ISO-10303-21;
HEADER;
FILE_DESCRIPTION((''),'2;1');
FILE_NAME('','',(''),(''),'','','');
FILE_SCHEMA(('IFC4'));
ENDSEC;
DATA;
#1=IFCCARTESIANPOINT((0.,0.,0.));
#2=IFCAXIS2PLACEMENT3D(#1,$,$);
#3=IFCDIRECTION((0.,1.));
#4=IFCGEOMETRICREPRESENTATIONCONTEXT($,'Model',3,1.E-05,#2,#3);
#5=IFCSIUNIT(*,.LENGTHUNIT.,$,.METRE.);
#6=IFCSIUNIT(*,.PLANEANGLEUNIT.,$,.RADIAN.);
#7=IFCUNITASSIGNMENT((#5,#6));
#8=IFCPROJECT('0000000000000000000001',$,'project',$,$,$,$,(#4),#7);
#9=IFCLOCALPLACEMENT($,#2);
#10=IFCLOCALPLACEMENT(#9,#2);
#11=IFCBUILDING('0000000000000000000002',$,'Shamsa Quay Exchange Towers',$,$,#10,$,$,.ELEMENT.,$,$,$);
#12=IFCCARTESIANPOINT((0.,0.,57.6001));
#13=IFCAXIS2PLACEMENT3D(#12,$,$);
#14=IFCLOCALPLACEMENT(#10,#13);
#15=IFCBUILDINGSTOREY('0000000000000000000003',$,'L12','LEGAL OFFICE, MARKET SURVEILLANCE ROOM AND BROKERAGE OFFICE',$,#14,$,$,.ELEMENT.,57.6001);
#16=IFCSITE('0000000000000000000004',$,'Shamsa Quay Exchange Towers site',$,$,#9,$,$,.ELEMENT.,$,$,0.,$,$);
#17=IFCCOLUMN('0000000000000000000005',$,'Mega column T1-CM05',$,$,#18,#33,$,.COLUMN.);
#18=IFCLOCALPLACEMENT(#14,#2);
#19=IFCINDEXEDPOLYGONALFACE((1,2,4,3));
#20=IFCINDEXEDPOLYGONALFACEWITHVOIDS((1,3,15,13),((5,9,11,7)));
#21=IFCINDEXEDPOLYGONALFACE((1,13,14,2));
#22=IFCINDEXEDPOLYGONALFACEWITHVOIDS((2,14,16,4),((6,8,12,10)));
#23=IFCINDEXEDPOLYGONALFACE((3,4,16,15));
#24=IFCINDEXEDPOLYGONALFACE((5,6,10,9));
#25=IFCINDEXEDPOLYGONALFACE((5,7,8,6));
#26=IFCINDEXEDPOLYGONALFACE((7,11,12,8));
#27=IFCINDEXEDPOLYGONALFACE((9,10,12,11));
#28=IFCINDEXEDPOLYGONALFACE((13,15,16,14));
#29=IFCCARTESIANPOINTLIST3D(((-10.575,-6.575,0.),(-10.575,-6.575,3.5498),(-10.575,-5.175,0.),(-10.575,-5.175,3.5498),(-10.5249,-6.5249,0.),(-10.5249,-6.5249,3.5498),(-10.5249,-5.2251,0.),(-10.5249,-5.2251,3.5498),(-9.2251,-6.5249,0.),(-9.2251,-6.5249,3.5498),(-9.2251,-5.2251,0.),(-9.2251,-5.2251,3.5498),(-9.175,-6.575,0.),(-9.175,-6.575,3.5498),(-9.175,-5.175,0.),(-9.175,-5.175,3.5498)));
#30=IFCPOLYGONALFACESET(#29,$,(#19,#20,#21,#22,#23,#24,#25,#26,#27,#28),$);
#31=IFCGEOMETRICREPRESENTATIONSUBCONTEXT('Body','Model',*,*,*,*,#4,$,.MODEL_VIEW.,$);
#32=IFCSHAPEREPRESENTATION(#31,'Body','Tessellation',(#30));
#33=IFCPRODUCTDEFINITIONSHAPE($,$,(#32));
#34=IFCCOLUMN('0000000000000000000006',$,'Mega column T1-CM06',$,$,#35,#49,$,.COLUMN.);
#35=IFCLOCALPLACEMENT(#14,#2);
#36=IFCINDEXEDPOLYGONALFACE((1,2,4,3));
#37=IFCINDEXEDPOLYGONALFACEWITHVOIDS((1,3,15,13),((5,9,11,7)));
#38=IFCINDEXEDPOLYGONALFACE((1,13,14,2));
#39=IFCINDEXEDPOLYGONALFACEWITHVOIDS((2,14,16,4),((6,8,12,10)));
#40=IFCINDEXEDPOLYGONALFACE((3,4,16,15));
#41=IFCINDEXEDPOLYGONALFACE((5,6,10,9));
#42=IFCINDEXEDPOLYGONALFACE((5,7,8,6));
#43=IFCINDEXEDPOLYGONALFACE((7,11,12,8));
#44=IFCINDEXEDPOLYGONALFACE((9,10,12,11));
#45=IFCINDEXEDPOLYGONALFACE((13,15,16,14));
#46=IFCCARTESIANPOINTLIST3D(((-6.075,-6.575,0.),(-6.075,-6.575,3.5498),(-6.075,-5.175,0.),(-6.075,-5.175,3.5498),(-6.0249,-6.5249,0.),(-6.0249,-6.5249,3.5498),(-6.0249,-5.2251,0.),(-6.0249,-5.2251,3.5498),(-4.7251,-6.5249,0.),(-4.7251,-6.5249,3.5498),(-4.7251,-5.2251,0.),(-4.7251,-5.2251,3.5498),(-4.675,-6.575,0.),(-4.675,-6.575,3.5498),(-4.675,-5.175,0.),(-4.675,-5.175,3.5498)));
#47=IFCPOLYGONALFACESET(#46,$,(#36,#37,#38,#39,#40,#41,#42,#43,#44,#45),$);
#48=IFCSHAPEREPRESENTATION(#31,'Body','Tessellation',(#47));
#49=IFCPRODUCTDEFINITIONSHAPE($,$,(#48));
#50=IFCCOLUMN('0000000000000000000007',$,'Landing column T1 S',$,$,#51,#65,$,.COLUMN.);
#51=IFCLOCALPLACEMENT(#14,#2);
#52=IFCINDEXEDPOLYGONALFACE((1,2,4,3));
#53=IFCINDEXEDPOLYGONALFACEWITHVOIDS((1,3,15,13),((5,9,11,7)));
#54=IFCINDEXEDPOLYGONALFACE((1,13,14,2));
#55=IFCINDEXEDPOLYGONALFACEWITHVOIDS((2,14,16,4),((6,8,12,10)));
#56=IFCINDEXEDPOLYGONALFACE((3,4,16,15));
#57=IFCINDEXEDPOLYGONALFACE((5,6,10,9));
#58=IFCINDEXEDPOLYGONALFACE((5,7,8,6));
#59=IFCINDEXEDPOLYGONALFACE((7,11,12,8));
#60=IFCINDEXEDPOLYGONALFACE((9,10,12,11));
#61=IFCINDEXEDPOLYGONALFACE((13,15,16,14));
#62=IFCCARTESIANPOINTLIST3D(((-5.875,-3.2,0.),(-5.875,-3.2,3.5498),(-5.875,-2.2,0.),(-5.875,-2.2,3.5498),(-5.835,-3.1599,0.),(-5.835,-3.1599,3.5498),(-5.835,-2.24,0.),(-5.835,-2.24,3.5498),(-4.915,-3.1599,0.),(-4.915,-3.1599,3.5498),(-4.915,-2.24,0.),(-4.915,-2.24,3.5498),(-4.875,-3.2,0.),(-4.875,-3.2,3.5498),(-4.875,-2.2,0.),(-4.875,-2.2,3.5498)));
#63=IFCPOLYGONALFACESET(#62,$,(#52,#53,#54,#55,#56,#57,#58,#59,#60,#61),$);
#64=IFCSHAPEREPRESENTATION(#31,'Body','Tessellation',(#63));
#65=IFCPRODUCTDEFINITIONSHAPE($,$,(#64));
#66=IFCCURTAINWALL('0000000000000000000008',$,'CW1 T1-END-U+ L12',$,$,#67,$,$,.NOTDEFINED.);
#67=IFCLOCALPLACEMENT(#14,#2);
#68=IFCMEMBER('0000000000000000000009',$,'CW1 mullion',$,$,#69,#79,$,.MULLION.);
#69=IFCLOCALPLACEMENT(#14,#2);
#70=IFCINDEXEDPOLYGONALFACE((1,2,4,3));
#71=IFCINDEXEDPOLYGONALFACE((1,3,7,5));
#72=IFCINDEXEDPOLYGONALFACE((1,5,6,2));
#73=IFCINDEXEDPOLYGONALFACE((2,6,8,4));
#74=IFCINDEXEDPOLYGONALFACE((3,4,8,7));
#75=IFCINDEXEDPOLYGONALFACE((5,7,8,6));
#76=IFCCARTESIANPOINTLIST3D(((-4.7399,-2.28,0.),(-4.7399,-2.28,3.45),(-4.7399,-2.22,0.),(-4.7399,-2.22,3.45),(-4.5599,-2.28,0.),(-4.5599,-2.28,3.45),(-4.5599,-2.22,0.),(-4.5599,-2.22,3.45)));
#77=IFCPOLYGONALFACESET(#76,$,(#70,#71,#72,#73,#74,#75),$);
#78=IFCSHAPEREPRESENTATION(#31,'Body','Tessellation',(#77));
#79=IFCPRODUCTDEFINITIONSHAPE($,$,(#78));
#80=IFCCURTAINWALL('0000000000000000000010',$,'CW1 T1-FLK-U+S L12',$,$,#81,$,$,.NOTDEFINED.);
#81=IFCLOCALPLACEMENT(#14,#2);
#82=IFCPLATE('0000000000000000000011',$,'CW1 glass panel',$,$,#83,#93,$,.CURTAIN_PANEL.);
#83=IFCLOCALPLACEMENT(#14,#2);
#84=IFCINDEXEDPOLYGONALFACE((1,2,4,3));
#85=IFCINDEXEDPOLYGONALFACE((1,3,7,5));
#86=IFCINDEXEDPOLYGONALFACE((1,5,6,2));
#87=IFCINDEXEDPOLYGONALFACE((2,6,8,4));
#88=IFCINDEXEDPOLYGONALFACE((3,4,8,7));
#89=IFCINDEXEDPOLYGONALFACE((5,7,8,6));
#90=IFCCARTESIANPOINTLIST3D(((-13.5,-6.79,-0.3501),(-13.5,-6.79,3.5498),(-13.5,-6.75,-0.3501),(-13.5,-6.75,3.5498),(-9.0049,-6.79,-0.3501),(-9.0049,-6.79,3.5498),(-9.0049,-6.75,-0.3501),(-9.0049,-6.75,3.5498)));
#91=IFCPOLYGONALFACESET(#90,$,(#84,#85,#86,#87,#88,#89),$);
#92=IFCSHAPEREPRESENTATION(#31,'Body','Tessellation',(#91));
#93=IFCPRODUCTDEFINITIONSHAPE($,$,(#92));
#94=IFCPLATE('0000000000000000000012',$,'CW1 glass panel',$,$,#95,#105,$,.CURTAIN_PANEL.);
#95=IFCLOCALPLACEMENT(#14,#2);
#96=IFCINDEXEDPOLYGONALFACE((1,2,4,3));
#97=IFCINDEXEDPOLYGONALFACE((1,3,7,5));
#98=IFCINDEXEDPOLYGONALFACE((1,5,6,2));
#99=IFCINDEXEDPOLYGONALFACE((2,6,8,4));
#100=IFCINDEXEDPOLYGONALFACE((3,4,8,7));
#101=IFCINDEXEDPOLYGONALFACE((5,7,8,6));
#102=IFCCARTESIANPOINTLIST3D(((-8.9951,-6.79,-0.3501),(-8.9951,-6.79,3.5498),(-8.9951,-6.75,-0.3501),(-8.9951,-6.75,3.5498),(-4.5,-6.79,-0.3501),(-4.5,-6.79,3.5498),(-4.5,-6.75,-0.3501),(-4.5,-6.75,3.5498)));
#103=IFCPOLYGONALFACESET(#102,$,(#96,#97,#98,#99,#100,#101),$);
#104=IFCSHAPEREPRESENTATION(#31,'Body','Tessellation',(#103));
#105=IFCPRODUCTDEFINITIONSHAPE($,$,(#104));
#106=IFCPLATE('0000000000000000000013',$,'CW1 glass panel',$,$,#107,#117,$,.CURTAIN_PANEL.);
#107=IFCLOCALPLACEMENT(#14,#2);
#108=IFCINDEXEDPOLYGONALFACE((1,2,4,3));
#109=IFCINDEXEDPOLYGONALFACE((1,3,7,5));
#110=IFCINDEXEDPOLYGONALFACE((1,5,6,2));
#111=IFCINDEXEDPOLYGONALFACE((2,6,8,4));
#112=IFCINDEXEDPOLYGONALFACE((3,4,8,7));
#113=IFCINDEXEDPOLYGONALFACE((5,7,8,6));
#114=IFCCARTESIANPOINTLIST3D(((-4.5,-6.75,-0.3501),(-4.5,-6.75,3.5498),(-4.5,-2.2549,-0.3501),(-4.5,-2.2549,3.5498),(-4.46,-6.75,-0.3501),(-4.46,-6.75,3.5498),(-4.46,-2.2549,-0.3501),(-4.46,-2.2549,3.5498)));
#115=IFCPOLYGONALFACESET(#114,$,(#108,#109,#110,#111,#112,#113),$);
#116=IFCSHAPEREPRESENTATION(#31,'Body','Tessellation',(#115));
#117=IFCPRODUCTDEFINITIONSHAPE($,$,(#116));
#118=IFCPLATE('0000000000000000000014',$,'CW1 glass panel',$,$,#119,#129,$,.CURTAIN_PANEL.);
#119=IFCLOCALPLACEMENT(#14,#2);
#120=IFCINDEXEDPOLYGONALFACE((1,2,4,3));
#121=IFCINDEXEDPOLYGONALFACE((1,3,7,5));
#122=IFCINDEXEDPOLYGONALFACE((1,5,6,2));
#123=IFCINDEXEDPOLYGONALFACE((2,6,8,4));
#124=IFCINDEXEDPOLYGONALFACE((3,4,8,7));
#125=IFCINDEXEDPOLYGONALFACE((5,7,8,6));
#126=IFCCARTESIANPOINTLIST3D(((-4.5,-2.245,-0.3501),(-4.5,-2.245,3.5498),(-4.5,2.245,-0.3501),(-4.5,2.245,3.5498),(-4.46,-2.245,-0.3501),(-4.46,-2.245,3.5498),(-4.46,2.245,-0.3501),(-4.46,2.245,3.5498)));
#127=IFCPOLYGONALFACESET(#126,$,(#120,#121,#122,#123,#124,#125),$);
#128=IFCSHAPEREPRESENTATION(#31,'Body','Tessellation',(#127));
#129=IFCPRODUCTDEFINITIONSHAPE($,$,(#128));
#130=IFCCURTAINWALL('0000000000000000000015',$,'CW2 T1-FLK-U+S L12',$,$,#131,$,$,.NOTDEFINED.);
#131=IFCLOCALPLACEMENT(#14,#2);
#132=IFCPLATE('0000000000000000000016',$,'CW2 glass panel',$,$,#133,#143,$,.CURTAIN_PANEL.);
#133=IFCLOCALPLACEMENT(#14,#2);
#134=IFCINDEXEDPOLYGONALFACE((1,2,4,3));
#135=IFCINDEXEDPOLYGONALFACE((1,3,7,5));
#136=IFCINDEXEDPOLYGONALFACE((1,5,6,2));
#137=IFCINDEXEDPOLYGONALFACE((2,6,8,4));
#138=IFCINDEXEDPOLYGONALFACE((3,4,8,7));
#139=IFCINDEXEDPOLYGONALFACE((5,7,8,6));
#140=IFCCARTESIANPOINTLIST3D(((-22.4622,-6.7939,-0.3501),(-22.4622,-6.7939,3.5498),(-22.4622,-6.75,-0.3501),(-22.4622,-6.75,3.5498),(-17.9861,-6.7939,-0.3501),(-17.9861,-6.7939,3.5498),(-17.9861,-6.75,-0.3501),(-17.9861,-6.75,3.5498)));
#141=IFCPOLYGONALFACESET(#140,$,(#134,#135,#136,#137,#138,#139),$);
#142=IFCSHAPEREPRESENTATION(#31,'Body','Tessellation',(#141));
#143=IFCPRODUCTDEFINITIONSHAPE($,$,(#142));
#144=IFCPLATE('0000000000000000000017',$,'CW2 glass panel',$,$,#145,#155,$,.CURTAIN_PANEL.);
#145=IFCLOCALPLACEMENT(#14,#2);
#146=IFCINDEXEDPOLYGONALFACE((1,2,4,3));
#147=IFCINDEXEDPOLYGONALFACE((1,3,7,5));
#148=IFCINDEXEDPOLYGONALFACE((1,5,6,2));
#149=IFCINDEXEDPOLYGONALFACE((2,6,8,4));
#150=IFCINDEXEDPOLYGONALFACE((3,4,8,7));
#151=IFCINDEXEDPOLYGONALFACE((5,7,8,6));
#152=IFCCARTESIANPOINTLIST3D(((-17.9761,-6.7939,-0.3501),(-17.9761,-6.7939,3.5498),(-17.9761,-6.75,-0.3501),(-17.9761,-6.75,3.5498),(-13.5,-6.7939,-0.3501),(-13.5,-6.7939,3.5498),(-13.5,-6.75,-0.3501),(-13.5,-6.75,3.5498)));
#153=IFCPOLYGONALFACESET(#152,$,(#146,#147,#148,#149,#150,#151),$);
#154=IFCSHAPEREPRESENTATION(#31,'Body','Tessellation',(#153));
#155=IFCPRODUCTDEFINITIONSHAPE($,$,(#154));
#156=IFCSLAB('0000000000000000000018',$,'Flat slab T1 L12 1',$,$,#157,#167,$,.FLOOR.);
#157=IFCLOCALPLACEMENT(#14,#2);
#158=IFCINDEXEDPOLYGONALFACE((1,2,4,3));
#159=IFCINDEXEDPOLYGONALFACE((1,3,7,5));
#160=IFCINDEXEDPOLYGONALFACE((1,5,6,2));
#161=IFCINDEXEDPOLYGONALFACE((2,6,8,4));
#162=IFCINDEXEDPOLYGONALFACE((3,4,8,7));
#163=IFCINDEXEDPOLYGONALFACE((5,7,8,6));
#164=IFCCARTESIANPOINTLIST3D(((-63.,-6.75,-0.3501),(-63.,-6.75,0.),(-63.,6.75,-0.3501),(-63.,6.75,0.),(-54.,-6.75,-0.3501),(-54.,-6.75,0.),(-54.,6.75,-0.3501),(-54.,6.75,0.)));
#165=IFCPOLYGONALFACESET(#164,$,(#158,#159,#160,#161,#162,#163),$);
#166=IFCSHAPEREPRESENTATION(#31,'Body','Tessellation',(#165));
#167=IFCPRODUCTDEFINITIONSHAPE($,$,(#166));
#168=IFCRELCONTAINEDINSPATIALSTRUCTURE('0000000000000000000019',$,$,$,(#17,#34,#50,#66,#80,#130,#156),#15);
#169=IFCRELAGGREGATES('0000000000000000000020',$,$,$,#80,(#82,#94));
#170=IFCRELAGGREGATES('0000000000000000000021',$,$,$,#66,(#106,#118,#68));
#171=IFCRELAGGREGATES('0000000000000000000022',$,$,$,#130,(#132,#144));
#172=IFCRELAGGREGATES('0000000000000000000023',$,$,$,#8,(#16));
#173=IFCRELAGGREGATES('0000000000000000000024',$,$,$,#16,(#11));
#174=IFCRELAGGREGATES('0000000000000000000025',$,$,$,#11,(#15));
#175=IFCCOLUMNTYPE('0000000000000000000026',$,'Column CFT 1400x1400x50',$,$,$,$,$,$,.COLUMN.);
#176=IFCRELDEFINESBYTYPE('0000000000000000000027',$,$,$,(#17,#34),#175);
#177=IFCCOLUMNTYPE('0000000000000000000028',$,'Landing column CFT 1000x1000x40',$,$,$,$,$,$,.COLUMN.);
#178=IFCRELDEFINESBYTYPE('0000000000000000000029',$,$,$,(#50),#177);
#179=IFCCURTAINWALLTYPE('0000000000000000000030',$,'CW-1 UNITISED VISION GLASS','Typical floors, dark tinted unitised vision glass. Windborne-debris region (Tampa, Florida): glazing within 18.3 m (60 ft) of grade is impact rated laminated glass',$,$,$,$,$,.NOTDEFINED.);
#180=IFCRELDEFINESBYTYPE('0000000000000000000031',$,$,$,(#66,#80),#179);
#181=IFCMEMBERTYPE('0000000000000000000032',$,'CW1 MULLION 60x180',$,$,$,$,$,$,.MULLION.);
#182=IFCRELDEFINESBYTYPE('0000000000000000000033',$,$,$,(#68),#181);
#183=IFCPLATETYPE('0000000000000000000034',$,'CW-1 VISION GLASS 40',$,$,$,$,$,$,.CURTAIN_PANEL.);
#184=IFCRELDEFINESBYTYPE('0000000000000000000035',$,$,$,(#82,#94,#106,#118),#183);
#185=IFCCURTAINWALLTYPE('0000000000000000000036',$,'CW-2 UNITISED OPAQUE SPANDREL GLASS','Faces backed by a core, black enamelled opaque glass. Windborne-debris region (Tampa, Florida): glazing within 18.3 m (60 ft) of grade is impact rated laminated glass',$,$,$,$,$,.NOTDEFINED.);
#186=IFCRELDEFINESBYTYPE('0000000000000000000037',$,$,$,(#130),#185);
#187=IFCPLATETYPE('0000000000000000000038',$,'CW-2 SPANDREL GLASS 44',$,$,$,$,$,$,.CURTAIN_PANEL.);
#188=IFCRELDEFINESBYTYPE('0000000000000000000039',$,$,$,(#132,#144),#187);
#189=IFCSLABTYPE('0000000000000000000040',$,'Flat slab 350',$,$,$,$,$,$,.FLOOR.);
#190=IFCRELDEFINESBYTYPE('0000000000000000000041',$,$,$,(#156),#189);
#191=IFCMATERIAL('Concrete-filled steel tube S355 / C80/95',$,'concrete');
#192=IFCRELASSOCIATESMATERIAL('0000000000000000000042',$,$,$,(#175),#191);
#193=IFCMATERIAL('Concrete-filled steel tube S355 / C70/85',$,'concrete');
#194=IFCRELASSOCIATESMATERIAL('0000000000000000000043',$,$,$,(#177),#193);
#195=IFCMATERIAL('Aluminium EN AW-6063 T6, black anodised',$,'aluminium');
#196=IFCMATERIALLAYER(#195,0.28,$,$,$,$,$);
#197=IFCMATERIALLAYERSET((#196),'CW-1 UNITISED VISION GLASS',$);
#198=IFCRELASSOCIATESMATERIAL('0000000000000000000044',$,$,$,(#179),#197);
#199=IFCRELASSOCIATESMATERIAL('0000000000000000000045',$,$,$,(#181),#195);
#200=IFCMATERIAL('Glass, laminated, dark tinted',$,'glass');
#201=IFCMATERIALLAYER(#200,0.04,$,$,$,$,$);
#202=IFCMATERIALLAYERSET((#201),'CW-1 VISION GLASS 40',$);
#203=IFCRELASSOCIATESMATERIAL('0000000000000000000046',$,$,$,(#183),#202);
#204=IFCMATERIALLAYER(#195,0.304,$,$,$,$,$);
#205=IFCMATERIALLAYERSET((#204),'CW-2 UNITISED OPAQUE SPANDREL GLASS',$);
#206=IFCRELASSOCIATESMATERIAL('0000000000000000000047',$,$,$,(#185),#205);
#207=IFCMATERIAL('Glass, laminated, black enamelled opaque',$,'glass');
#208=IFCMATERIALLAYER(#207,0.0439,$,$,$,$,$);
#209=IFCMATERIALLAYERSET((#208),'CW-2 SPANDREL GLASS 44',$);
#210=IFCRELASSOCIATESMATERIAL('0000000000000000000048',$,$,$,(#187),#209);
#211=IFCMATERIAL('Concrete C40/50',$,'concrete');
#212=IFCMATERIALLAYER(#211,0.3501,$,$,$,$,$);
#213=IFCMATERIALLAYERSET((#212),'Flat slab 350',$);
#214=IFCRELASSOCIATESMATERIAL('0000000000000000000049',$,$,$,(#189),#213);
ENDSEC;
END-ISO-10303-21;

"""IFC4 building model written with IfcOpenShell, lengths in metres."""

from ifc_helpers import new_model, si_unit, direction, frame, origin, origin_2d, place, context, subcontext, project, spatial, polyline, rectangle, hollow_rectangle, outline, extrude, material, layer, layer_set, material_profile, profile_set, type_object, element, aggregate, save


model = new_model("IFC4")

# Units and contexts
model_context = context("Model", 3, precision=1e-05, world=origin(), true_north=direction((0.0, 1.0)))
body_context = subcontext(model_context, "Body", "Model", "MODEL_VIEW")
ifc_project = project(units=[si_unit("LENGTHUNIT", "METRE"), si_unit("PLANEANGLEUNIT", "RADIAN")], contexts=[model_context])

# Site, building, storey
site_placement = place(None, origin())
site = spatial("IfcSite", under=ifc_project, at=site_placement, Name="Shamsa Quay Exchange Towers site", CompositionType="ELEMENT", RefElevation=0.0)
building_placement = place(site_placement, origin())
building = spatial("IfcBuilding", under=site, at=building_placement, Name="Shamsa Quay Exchange Towers", CompositionType="ELEMENT")
storey_placement = place(building_placement, frame((0.0, 0.0, 57.6001)))
storey = spatial("IfcBuildingStorey", under=building, at=storey_placement, Name="L12", Description="LEGAL OFFICE, MARKET SURVEILLANCE ROOM AND BROKERAGE OFFICE", CompositionType="ELEMENT", Elevation=57.6001)

# Columns
ifc_material_1 = material(Name="Concrete-filled steel tube S355 / C80/95", Category="concrete")
ifc_material_profile_1 = material_profile(ifc_material_1, hollow_rectangle(XDim=1.3999, YDim=1.3999, WallThickness=0.05, at=origin_2d()), Name="CFT 1400x1400x50")
ifc_profile_set_1 = profile_set([ifc_material_profile_1], Name="Concrete-filled steel tube S355 / C80/95")
column_type_1 = type_object("IfcColumnType", Name="Column CFT 1400x1400x50", PredefinedType="COLUMN", material=ifc_profile_set_1)
for number, where, name in (
    (1, (-9.875, -5.875, 0.0), "Mega column T1-CM05"),
    (2, (-5.375, -5.875, 0.0), "Mega column T1-CM06"),
):
    element("IfcColumn", number, at=place(storey_placement, frame(where)), inside=storey, type_object=column_type_1, Name=name, PredefinedType="COLUMN", context=body_context, shape_type="SweptSolid", body=[
        extrude(hollow_rectangle(XDim=1.3999, YDim=1.3999, WallThickness=0.05, at=origin_2d()), origin(), (0.0, 0.0, 1.0), 3.5498),
    ])
ifc_material_2 = material(Name="Concrete-filled steel tube S355 / C70/85", Category="concrete")
ifc_material_profile_2 = material_profile(ifc_material_2, hollow_rectangle(XDim=1.0, YDim=1.0, WallThickness=0.04, at=origin_2d()), Name="CFT 1000x1000x40")
ifc_profile_set_2 = profile_set([ifc_material_profile_2], Name="Concrete-filled steel tube S355 / C70/85")
column_type_2 = type_object("IfcColumnType", Name="Landing column CFT 1000x1000x40", PredefinedType="COLUMN", material=ifc_profile_set_2)
column_placement = place(storey_placement, frame((-5.375, -2.7, 0.0)))
element("IfcColumn", 3, at=column_placement, inside=storey, type_object=column_type_2, Name="Landing column T1 S", PredefinedType="COLUMN", context=body_context, shape_type="SweptSolid", body=[
    extrude(hollow_rectangle(XDim=1.0, YDim=1.0, WallThickness=0.04, at=origin_2d()), origin(), (0.0, 0.0, 1.0), 3.5498),
])

# Curtain wall, member
ifc_material_3 = material(Name="Aluminium EN AW-6063 T6, black anodised", Category="aluminium")
ifc_layer_1 = layer(ifc_material_3, 0.28)
ifc_layer_set_1 = layer_set([ifc_layer_1], Name="CW-1 UNITISED VISION GLASS")
curtain_wall_type_1 = type_object("IfcCurtainWallType", Name="CW-1 UNITISED VISION GLASS", Description="Typical floors, dark tinted unitised vision glass. Windborne-debris region (Tampa, Florida): glazing within 18.3 m (60 ft) of grade is impact rated laminated glass", PredefinedType="NOTDEFINED", material=ifc_layer_set_1)
curtain_wall_1_placement = place(storey_placement, origin())
curtain_wall_1 = element("IfcCurtainWall", 4, at=curtain_wall_1_placement, inside=storey, type_object=curtain_wall_type_1, Name="CW1 T1-END-U+ L12", PredefinedType="NOTDEFINED")
ifc_material_profile_3 = material_profile(ifc_material_3, rectangle(XDim=0.1799, YDim=0.0601, at=origin_2d()), Name="MU60x180")
ifc_profile_set_3 = profile_set([ifc_material_profile_3], Name="Aluminium EN AW-6063 T6, black anodised")
member_type = type_object("IfcMemberType", Name="CW1 MULLION 60x180", PredefinedType="MULLION", material=ifc_profile_set_3)
member_placement = place(storey_placement, frame((-4.6499, -2.25, 0.0), z_axis=(0.0, 0.0, 1.0), x_axis=(-1.0, 0.0, 0.0)))
member = element("IfcMember", 5, at=member_placement, type_object=member_type, Name="CW1 mullion", PredefinedType="MULLION", context=body_context, shape_type="SweptSolid", body=[
    extrude(rectangle(XDim=0.1799, YDim=0.0601, at=origin_2d()), origin(), (0.0, 0.0, 1.0), 3.45),
])

# Curtain wall, plates
curtain_wall_2_placement = place(storey_placement, origin())
curtain_wall_2 = element("IfcCurtainWall", 6, at=curtain_wall_2_placement, inside=storey, type_object=curtain_wall_type_1, Name="CW1 T1-FLK-U+S L12", PredefinedType="NOTDEFINED")
ifc_material_4 = material(Name="Glass, laminated, dark tinted", Category="glass")
ifc_layer_2 = layer(ifc_material_4, 0.04)
ifc_layer_set_2 = layer_set([ifc_layer_2], Name="CW-1 VISION GLASS 40")
plate_type_1 = type_object("IfcPlateType", Name="CW-1 VISION GLASS 40", PredefinedType="CURTAIN_PANEL", material=ifc_layer_set_2)
plate_1_placement = place(storey_placement, frame((-11.2524, -6.77, -0.3501)))
plate_1 = element("IfcPlate", 7, at=plate_1_placement, type_object=plate_type_1, Name="CW1 glass panel", PredefinedType="CURTAIN_PANEL", context=body_context, shape_type="SweptSolid", body=[
    extrude(rectangle(XDim=4.4951, YDim=0.04, at=origin_2d()), origin(), (0.0, 0.0, 1.0), 3.8999),
])
plate_2_placement = place(storey_placement, frame((-6.7476, -6.77, -0.3501)))
plate_2 = element("IfcPlate", 8, at=plate_2_placement, type_object=plate_type_1, Name="CW1 glass panel", PredefinedType="CURTAIN_PANEL", context=body_context, shape_type="SweptSolid", body=[
    extrude(rectangle(XDim=4.4951, YDim=0.04, at=origin_2d()), origin(), (0.0, 0.0, 1.0), 3.8999),
])
aggregate(curtain_wall_2, [plate_1, plate_2])

# Plates
plate_3_placement = place(storey_placement, frame((-4.48, -4.5024, -0.3501), z_axis=(0.0, 0.0, 1.0), x_axis=(0.0, 1.0, 0.0)))
plate_3 = element("IfcPlate", 9, at=plate_3_placement, type_object=plate_type_1, Name="CW1 glass panel", PredefinedType="CURTAIN_PANEL", context=body_context, shape_type="SweptSolid", body=[
    extrude(rectangle(XDim=4.4951, YDim=0.04, at=origin_2d()), origin(), (0.0, 0.0, 1.0), 3.8999),
])
plate_4_placement = place(storey_placement, frame((-4.48, 0.0, -0.3501), z_axis=(0.0, 0.0, 1.0), x_axis=(0.0, 1.0, 0.0)))
plate_4 = element("IfcPlate", 10, at=plate_4_placement, type_object=plate_type_1, Name="CW1 glass panel", PredefinedType="CURTAIN_PANEL", context=body_context, shape_type="SweptSolid", body=[
    extrude(rectangle(XDim=4.49, YDim=0.04, at=origin_2d()), origin(), (0.0, 0.0, 1.0), 3.8999),
])
aggregate(curtain_wall_1, [plate_3, plate_4, member])

# Curtain wall, plates
ifc_layer_3 = layer(ifc_material_3, 0.304)
ifc_layer_set_3 = layer_set([ifc_layer_3], Name="CW-2 UNITISED OPAQUE SPANDREL GLASS")
curtain_wall_type_2 = type_object("IfcCurtainWallType", Name="CW-2 UNITISED OPAQUE SPANDREL GLASS", Description="Faces backed by a core, black enamelled opaque glass. Windborne-debris region (Tampa, Florida): glazing within 18.3 m (60 ft) of grade is impact rated laminated glass", PredefinedType="NOTDEFINED", material=ifc_layer_set_3)
curtain_wall_3_placement = place(storey_placement, origin())
curtain_wall_3 = element("IfcCurtainWall", 11, at=curtain_wall_3_placement, inside=storey, type_object=curtain_wall_type_2, Name="CW2 T1-FLK-U+S L12", PredefinedType="NOTDEFINED")
ifc_material_5 = material(Name="Glass, laminated, black enamelled opaque", Category="glass")
ifc_layer_4 = layer(ifc_material_5, 0.0439)
ifc_layer_set_4 = layer_set([ifc_layer_4], Name="CW-2 SPANDREL GLASS 44")
plate_type_2 = type_object("IfcPlateType", Name="CW-2 SPANDREL GLASS 44", PredefinedType="CURTAIN_PANEL", material=ifc_layer_set_4)
plate_5_placement = place(storey_placement, frame((-20.2241, -6.772, -0.3501)))
plate_5 = element("IfcPlate", 12, at=plate_5_placement, type_object=plate_type_2, Name="CW2 glass panel", PredefinedType="CURTAIN_PANEL", context=body_context, shape_type="SweptSolid", body=[
    extrude(rectangle(XDim=4.4761, YDim=0.0439, at=origin_2d()), origin(), (0.0, 0.0, 1.0), 3.8999),
])
plate_6_placement = place(storey_placement, frame((-15.738, -6.772, -0.3501)))
plate_6 = element("IfcPlate", 13, at=plate_6_placement, type_object=plate_type_2, Name="CW2 glass panel", PredefinedType="CURTAIN_PANEL", context=body_context, shape_type="SweptSolid", body=[
    extrude(rectangle(XDim=4.4761, YDim=0.0439, at=origin_2d()), origin(), (0.0, 0.0, 1.0), 3.8999),
])
aggregate(curtain_wall_3, [plate_5, plate_6])

# Slab
ifc_material_6 = material(Name="Concrete C40/50", Category="concrete")
ifc_layer_5 = layer(ifc_material_6, 0.3501)
ifc_layer_set_5 = layer_set([ifc_layer_5], Name="Flat slab 350")
slab_type = type_object("IfcSlabType", Name="Flat slab 350", PredefinedType="FLOOR", material=ifc_layer_set_5)
slab_1_placement = place(storey_placement, frame((0.0, 0.0, -0.3501)))
element("IfcSlab", 14, at=slab_1_placement, inside=storey, type_object=slab_type, Name="Flat slab T1 L12 1", PredefinedType="FLOOR", context=body_context, shape_type="SweptSolid", body=[
    extrude(outline(polyline([(-63.0, -6.75), (-54.0, -6.75), (-54.0, 6.75), (-63.0, 6.75), (-63.0, -6.75)])), origin(), (0.0, 0.0, 1.0), 0.3501),
])

save(model, "model.ifc")
